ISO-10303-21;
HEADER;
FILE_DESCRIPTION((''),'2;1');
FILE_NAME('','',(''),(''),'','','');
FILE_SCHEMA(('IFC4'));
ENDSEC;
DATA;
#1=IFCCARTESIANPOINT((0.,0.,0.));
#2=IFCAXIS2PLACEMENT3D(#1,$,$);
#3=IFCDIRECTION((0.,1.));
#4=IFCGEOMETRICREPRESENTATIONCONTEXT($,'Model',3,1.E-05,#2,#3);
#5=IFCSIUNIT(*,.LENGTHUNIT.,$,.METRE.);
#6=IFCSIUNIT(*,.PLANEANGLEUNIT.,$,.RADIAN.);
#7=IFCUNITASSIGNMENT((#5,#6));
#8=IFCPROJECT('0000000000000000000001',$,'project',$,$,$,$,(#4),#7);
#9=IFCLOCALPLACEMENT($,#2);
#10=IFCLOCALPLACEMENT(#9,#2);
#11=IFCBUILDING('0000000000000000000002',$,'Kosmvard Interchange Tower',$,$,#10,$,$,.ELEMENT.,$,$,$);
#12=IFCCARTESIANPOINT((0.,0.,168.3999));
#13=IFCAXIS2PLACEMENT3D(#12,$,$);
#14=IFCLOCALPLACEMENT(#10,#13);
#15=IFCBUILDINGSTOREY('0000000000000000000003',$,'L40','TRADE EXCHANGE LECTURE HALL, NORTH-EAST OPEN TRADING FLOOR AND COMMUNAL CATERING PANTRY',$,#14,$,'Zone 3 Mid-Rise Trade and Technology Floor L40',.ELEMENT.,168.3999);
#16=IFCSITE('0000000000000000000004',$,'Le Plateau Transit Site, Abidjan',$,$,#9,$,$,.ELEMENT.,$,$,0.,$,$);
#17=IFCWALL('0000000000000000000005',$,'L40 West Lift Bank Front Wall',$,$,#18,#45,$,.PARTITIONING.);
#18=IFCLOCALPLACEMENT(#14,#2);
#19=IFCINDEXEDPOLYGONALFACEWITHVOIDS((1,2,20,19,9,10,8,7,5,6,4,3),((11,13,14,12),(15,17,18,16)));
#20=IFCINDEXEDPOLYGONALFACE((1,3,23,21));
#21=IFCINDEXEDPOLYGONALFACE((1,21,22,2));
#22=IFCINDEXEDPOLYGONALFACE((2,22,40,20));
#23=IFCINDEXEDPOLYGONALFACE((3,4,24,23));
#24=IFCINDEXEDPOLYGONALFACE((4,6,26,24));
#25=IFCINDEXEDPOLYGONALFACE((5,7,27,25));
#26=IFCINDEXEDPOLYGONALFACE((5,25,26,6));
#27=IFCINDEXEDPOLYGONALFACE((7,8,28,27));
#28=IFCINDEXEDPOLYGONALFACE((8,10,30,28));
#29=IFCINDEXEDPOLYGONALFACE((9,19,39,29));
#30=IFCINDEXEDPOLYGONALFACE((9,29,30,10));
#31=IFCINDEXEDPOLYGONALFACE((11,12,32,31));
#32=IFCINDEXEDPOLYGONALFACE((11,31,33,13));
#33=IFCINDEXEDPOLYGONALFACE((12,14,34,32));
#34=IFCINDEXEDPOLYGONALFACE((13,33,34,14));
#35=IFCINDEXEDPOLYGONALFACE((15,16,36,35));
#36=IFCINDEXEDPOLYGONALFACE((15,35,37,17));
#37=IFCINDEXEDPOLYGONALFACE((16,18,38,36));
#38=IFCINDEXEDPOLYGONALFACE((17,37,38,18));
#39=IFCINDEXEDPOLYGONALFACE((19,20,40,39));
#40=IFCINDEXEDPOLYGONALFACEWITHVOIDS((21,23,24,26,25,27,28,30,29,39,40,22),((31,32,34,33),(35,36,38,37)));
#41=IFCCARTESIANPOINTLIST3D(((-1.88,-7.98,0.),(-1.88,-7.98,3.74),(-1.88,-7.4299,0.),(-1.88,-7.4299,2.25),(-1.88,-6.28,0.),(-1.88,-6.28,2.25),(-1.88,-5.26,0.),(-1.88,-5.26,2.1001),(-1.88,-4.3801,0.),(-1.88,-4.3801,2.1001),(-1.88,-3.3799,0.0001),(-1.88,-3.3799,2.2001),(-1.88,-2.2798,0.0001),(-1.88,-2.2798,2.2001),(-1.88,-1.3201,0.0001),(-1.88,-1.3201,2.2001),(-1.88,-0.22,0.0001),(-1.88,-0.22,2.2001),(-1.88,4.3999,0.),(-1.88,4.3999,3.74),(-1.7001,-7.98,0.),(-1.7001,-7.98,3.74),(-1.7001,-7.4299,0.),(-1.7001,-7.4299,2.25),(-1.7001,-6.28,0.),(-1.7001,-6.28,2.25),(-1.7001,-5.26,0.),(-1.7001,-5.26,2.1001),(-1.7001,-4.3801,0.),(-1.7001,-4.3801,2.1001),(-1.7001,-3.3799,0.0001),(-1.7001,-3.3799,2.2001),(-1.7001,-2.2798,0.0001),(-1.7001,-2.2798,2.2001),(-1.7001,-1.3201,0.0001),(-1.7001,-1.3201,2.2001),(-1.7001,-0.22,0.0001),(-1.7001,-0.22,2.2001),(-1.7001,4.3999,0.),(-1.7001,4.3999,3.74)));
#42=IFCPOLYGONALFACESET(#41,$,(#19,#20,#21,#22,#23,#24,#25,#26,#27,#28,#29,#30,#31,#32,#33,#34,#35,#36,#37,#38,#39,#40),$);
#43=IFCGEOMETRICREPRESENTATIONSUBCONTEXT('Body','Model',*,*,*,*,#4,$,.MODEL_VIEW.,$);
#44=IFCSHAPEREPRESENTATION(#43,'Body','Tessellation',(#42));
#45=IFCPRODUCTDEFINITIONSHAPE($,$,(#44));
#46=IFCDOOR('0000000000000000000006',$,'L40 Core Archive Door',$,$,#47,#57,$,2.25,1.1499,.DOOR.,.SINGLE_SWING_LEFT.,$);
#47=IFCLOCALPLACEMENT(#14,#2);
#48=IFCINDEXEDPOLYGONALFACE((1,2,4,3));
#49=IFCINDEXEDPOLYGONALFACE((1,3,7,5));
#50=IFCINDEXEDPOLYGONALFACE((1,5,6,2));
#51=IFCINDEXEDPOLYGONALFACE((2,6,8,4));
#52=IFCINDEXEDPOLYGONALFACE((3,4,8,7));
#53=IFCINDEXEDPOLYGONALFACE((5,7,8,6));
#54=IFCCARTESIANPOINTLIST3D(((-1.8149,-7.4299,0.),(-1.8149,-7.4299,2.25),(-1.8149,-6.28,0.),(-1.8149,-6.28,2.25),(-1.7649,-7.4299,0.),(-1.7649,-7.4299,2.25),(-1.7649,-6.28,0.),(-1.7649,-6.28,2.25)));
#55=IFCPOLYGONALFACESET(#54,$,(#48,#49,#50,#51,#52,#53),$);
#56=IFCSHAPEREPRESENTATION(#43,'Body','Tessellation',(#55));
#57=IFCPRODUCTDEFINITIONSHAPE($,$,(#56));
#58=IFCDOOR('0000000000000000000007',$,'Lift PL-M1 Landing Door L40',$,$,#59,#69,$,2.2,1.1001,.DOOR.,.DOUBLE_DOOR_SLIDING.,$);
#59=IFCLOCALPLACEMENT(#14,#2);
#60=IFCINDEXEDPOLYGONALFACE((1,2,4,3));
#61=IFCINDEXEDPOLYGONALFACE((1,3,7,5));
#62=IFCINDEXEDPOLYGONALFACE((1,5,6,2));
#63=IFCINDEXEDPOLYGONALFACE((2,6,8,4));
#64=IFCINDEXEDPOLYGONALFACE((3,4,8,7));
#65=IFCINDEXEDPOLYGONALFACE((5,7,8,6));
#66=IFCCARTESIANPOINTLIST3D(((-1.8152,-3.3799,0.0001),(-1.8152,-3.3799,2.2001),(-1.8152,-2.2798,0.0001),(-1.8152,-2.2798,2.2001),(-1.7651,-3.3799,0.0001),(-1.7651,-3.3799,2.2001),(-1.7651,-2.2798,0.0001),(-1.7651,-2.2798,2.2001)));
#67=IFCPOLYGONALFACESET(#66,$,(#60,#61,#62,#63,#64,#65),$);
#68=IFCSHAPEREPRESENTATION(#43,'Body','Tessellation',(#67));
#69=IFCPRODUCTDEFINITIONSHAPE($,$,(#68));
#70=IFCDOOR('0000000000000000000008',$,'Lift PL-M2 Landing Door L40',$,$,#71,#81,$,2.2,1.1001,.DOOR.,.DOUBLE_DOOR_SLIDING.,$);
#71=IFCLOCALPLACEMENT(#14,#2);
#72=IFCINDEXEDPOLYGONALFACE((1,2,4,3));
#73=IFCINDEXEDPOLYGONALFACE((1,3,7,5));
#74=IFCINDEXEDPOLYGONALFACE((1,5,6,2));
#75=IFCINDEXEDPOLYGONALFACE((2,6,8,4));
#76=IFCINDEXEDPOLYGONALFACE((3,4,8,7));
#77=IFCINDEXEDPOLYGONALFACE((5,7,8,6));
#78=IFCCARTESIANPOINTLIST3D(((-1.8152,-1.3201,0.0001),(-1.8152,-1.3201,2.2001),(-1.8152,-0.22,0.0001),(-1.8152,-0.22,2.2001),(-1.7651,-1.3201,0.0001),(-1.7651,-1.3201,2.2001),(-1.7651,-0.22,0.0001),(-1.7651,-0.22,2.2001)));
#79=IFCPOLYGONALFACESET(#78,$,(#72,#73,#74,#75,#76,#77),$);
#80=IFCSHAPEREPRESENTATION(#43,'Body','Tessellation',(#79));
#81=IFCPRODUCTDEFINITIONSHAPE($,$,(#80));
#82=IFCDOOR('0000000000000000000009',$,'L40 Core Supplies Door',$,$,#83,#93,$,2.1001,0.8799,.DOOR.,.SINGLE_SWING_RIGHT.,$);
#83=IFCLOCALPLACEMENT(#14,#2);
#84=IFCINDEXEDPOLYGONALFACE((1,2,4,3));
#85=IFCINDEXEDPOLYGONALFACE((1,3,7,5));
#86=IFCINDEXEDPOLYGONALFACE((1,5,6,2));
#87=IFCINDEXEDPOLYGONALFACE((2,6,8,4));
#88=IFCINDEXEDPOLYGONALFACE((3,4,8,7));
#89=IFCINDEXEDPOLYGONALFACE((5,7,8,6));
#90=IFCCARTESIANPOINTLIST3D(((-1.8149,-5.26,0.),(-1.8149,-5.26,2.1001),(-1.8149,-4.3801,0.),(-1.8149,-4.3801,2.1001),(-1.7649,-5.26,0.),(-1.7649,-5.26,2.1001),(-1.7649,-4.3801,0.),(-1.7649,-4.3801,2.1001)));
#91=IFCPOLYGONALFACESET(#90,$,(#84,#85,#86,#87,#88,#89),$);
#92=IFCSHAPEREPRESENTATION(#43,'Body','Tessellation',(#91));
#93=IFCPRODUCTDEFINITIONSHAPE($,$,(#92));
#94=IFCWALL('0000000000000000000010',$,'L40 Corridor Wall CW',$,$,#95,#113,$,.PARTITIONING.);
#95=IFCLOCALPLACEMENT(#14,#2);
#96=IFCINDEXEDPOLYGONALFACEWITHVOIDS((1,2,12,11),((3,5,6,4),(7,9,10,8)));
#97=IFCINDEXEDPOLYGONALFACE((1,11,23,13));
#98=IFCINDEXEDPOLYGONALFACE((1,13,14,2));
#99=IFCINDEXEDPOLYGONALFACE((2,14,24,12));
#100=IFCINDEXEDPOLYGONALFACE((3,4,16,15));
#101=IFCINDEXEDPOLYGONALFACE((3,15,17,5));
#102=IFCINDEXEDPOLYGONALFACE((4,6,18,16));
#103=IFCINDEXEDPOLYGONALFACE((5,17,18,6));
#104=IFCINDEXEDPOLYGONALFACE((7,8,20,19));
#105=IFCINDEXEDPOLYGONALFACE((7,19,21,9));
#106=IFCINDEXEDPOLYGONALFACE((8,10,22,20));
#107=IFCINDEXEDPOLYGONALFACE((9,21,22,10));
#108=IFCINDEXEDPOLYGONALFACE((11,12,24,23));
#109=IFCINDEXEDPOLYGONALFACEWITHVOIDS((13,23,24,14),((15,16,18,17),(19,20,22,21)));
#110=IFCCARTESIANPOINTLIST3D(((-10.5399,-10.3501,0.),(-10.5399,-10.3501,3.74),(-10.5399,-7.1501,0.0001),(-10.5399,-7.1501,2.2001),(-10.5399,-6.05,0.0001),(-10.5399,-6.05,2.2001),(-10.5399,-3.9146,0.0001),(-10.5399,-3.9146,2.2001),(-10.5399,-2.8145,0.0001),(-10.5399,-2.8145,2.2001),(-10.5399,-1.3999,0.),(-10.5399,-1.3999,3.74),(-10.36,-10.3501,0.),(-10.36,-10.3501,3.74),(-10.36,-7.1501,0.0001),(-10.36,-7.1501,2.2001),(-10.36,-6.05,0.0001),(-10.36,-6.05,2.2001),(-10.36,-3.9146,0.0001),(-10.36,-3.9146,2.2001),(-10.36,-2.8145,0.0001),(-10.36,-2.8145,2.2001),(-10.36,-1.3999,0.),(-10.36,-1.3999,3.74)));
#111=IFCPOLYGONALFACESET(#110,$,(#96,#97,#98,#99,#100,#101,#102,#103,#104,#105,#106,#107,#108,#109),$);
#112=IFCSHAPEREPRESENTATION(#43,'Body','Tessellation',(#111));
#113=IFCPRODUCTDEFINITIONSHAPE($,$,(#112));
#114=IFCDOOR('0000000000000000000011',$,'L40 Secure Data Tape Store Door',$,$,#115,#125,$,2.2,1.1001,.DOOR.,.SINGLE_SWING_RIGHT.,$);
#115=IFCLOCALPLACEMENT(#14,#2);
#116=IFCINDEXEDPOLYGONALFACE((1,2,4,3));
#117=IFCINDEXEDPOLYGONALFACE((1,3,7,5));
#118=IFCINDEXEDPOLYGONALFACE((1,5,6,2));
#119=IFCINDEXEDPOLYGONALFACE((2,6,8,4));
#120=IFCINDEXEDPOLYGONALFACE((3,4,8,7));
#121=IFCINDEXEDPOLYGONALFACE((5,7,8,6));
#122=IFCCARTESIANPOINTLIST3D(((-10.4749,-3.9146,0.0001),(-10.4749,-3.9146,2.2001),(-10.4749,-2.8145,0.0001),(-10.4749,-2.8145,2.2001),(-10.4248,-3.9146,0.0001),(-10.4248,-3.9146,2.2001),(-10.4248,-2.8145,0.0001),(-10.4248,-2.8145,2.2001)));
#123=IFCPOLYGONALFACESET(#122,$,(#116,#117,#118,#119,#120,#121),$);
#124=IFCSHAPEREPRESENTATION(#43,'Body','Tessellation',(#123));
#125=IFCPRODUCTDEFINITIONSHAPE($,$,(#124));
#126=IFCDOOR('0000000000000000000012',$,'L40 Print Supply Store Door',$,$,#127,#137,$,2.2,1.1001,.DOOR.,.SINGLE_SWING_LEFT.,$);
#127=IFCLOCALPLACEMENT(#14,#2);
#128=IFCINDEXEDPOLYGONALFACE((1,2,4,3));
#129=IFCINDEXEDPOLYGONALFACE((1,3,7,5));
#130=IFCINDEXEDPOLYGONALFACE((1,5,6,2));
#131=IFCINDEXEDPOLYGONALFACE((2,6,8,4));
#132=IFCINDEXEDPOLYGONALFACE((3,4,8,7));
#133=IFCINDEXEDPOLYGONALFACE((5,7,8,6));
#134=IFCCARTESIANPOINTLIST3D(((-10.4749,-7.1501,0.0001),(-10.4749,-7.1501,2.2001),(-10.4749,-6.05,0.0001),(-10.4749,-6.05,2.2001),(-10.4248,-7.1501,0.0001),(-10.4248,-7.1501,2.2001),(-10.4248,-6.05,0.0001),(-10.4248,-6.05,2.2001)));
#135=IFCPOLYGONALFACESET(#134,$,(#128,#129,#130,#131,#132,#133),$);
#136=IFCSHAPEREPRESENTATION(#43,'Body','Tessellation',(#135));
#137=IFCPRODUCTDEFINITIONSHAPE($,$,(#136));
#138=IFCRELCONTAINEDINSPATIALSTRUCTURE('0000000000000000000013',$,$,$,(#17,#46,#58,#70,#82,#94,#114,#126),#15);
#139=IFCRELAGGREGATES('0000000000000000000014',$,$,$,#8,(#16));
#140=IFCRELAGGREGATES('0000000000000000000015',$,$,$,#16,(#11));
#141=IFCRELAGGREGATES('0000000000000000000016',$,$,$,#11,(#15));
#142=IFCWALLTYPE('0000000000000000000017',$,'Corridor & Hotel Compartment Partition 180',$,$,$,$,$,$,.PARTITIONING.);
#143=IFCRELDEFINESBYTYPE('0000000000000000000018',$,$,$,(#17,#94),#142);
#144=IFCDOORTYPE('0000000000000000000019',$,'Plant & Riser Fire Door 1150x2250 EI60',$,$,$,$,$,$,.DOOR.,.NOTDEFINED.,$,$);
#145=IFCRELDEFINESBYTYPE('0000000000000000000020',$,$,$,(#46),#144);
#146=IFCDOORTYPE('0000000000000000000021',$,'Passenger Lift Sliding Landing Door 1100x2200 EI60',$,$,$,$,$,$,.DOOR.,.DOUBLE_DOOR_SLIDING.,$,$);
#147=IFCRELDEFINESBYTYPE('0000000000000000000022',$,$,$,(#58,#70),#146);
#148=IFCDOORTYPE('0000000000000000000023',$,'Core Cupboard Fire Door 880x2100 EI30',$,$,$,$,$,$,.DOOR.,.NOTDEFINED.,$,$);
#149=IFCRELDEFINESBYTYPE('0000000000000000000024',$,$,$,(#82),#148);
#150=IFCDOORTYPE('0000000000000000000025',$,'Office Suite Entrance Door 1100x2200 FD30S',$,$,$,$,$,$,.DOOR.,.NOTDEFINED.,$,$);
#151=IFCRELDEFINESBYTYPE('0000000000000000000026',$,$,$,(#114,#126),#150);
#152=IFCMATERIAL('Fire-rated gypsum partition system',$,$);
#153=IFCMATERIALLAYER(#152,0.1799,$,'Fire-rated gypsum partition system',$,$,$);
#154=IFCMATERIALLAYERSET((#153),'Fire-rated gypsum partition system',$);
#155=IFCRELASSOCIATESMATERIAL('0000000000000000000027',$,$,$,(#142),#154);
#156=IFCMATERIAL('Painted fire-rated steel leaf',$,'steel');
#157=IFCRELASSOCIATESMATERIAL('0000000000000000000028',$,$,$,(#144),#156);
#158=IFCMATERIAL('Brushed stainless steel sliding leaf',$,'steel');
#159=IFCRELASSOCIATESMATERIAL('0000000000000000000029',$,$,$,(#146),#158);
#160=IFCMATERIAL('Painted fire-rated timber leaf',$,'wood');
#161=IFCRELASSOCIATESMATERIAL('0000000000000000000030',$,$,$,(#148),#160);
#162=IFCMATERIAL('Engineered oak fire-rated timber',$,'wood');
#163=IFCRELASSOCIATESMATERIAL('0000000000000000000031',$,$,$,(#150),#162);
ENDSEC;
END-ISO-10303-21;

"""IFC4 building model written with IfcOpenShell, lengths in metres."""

from ifc_helpers import new_model, si_unit, direction, frame, frame_2d, origin, place, context, subcontext, project, spatial, rectangle, extrude, source, transform, mapped, material, layer, layer_set, type_object, element, fill, save


model = new_model("IFC4")

# Units and contexts
model_context = context("Model", 3, precision=1e-05, world=origin(), true_north=direction((0.0, 1.0)))
body_context = subcontext(model_context, "Body", "Model", "MODEL_VIEW")
ifc_project = project(units=[si_unit("LENGTHUNIT", "METRE"), si_unit("PLANEANGLEUNIT", "RADIAN")], contexts=[model_context])

# Site, building, storey
site_placement = place(None, origin())
site = spatial("IfcSite", under=ifc_project, at=site_placement, Name="Le Plateau Transit Site, Abidjan", CompositionType="ELEMENT", RefElevation=0.0)
building_placement = place(site_placement, origin())
building = spatial("IfcBuilding", under=site, at=building_placement, Name="Kosmvard Interchange Tower", CompositionType="ELEMENT")
storey_placement = place(building_placement, frame((0.0, 0.0, 168.3999)))
storey = spatial("IfcBuildingStorey", under=building, at=storey_placement, Name="L40", Description="TRADE EXCHANGE LECTURE HALL, NORTH-EAST OPEN TRADING FLOOR AND COMMUNAL CATERING PANTRY", LongName="Zone 3 Mid-Rise Trade and Technology Floor L40", CompositionType="ELEMENT", Elevation=168.3999)

# Shared definitions
ifc_material_1 = material(Name="Fire-rated gypsum partition system")

# Walls, openings, doors
ifc_layer_1 = layer(ifc_material_1, 0.1799, Name="Fire-rated gypsum partition system")
ifc_layer_set_1 = layer_set([ifc_layer_1], Name="Fire-rated gypsum partition system")
wall_type_1 = type_object("IfcWallType", Name="Corridor & Hotel Compartment Partition 180", PredefinedType="PARTITIONING", material=ifc_layer_set_1)
wall_1_placement = place(storey_placement, frame((-1.79, -7.98, 0.0), z_axis=(0.0, 0.0, 1.0), x_axis=(0.0, 1.0, 0.0)))
wall_1 = element("IfcWall", 1, at=wall_1_placement, inside=storey, type_object=wall_type_1, Name="L40 West Lift Bank Front Wall", PredefinedType="PARTITIONING", context=body_context, shape_type="SweptSolid", body=[
    extrude(rectangle(XDim=12.3799, YDim=0.1799, at=frame_2d((6.1899, 0.0))), origin(), (0.0, 0.0, 1.0), 3.74),
])
opening_1_placement = place(wall_1_placement, frame((4.6001, 0.0, 0.0)))
opening_1 = element("IfcOpeningElement", 2, at=opening_1_placement, cuts=wall_1, PredefinedType="OPENING", context=body_context, shape_type="SweptSolid", body=[
    extrude(rectangle(XDim=1.1001, YDim=2.2, at=frame_2d((0.55, 1.1001))), frame((0.0, 0.1001, 0.0), z_axis=(0.0, -1.0, 0.0), x_axis=(1.0, 0.0, 0.0)), (0.0, 0.0, 1.0), 0.2),
])
opening_2_placement = place(wall_1_placement, frame((6.6599, 0.0, 0.0)))
opening_2 = element("IfcOpeningElement", 3, at=opening_2_placement, cuts=wall_1, PredefinedType="OPENING", context=body_context, shape_type="SweptSolid", body=[
    extrude(rectangle(XDim=1.1001, YDim=2.2, at=frame_2d((0.55, 1.1001))), frame((0.0, 0.1001, 0.0), z_axis=(0.0, -1.0, 0.0), x_axis=(1.0, 0.0, 0.0)), (0.0, 0.0, 1.0), 0.2),
])
opening_3_placement = place(wall_1_placement, frame((0.55, 0.0, 0.0)))
opening_3 = element("IfcOpeningElement", 4, at=opening_3_placement, cuts=wall_1, PredefinedType="OPENING", context=body_context, shape_type="SweptSolid", body=[
    extrude(rectangle(XDim=1.1499, YDim=2.25, at=frame_2d((0.575, 1.125))), frame((0.0, 0.1001, 0.0), z_axis=(0.0, -1.0, 0.0), x_axis=(1.0, 0.0, 0.0)), (0.0, 0.0, 1.0), 0.2),
])
opening_4_placement = place(wall_1_placement, frame((2.72, 0.0, 0.0)))
opening_4 = element("IfcOpeningElement", 5, at=opening_4_placement, cuts=wall_1, PredefinedType="OPENING", context=body_context, shape_type="SweptSolid", body=[
    extrude(rectangle(XDim=0.8799, YDim=2.1001, at=frame_2d((0.4399, 1.05))), frame((0.0, 0.1001, 0.0), z_axis=(0.0, -1.0, 0.0), x_axis=(1.0, 0.0, 0.0)), (0.0, 0.0, 1.0), 0.2),
])
ifc_material_2 = material(Name="Painted fire-rated steel leaf", Category="steel")
door_type_1 = type_object("IfcDoorType", Name="Plant & Riser Fire Door 1150x2250 EI60", OperationType="NOTDEFINED", PredefinedType="DOOR", material=ifc_material_2)
shared_shape_1 = source(origin(), body_context, "Body", "SweptSolid", [
    extrude(rectangle(XDim=1.1499, YDim=2.25, at=frame_2d((0.575, 1.125))), frame((0.0, 0.0249, 0.0), z_axis=(0.0, -1.0, 0.0), x_axis=(1.0, 0.0, 0.0)), (0.0, 0.0, 1.0), 0.05),
])
door_1_placement = place(opening_3_placement, origin())
door_1 = element("IfcDoor", 6, at=door_1_placement, inside=storey, type_object=door_type_1, Name="L40 Core Archive Door", OperationType="SINGLE_SWING_LEFT", OverallHeight=2.25, OverallWidth=1.1499, PredefinedType="DOOR", context=body_context, shape_type="MappedRepresentation", body=[
    mapped(shared_shape_1, transform((0.0, 0.0, 0.0), scale=1.0)),
])
fill(opening_3, door_1)
ifc_material_3 = material(Name="Brushed stainless steel sliding leaf", Category="steel")
door_type_2 = type_object("IfcDoorType", Name="Passenger Lift Sliding Landing Door 1100x2200 EI60", OperationType="DOUBLE_DOOR_SLIDING", PredefinedType="DOOR", material=ifc_material_3)
shared_shape_2 = source(origin(), body_context, "Body", "SweptSolid", [
    extrude(rectangle(XDim=1.1001, YDim=2.2, at=frame_2d((0.55, 1.1001))), frame((0.0, 0.0249, 0.0), z_axis=(0.0, -1.0, 0.0), x_axis=(1.0, 0.0, 0.0)), (0.0, 0.0, 1.0), 0.05),
])
door_2_placement = place(opening_1_placement, frame((1.1001, 0.0, 0.0), z_axis=(0.0, 0.0, 1.0), x_axis=(-1.0, 0.0, 0.0)))
door_2 = element("IfcDoor", 7, at=door_2_placement, inside=storey, type_object=door_type_2, Name="Lift PL-M1 Landing Door L40", OperationType="DOUBLE_DOOR_SLIDING", OverallHeight=2.2, OverallWidth=1.1001, PredefinedType="DOOR", context=body_context, shape_type="MappedRepresentation", body=[
    mapped(shared_shape_2, transform((0.0, 0.0, 0.0), scale=1.0)),
])
fill(opening_1, door_2)
door_3_placement = place(opening_2_placement, frame((1.1001, 0.0, 0.0), z_axis=(0.0, 0.0, 1.0), x_axis=(-1.0, 0.0, 0.0)))
door_3 = element("IfcDoor", 8, at=door_3_placement, inside=storey, type_object=door_type_2, Name="Lift PL-M2 Landing Door L40", OperationType="DOUBLE_DOOR_SLIDING", OverallHeight=2.2, OverallWidth=1.1001, PredefinedType="DOOR", context=body_context, shape_type="MappedRepresentation", body=[
    mapped(shared_shape_2, transform((0.0, 0.0, 0.0), scale=1.0)),
])
fill(opening_2, door_3)
ifc_material_4 = material(Name="Painted fire-rated timber leaf", Category="wood")
door_type_3 = type_object("IfcDoorType", Name="Core Cupboard Fire Door 880x2100 EI30", OperationType="NOTDEFINED", PredefinedType="DOOR", material=ifc_material_4)
shared_shape_3 = source(origin(), body_context, "Body", "SweptSolid", [
    extrude(rectangle(XDim=0.8799, YDim=2.1001, at=frame_2d((0.4399, 1.05))), frame((0.0, 0.0249, 0.0), z_axis=(0.0, -1.0, 0.0), x_axis=(1.0, 0.0, 0.0)), (0.0, 0.0, 1.0), 0.05),
])
door_4_placement = place(opening_4_placement, origin())
door_4 = element("IfcDoor", 9, at=door_4_placement, inside=storey, type_object=door_type_3, Name="L40 Core Supplies Door", OperationType="SINGLE_SWING_RIGHT", OverallHeight=2.1001, OverallWidth=0.8799, PredefinedType="DOOR", context=body_context, shape_type="MappedRepresentation", body=[
    mapped(shared_shape_3, transform((0.0, 0.0, 0.0), scale=1.0)),
])
fill(opening_4, door_4)
wall_2_placement = place(storey_placement, frame((-10.45, -10.3501, 0.0), z_axis=(0.0, 0.0, 1.0), x_axis=(0.0, 1.0, 0.0)))
wall_2 = element("IfcWall", 10, at=wall_2_placement, inside=storey, type_object=wall_type_1, Name="L40 Corridor Wall CW", PredefinedType="PARTITIONING", context=body_context, shape_type="SweptSolid", body=[
    extrude(rectangle(XDim=8.9502, YDim=0.1799, at=frame_2d((4.4751, 0.0))), origin(), (0.0, 0.0, 1.0), 3.74),
])
opening_5_placement = place(wall_2_placement, frame((6.4355, 0.0, 0.0)))
opening_5 = element("IfcOpeningElement", 11, at=opening_5_placement, cuts=wall_2, PredefinedType="OPENING", context=body_context, shape_type="SweptSolid", body=[
    extrude(rectangle(XDim=1.1001, YDim=2.2, at=frame_2d((0.55, 1.1001))), frame((0.0, 0.1001, 0.0), z_axis=(0.0, -1.0, 0.0), x_axis=(1.0, 0.0, 0.0)), (0.0, 0.0, 1.0), 0.2),
])
opening_6_placement = place(wall_2_placement, frame((3.2, 0.0, 0.0)))
opening_6 = element("IfcOpeningElement", 12, at=opening_6_placement, cuts=wall_2, PredefinedType="OPENING", context=body_context, shape_type="SweptSolid", body=[
    extrude(rectangle(XDim=1.1001, YDim=2.2, at=frame_2d((0.55, 1.1001))), frame((0.0, 0.1001, 0.0), z_axis=(0.0, -1.0, 0.0), x_axis=(1.0, 0.0, 0.0)), (0.0, 0.0, 1.0), 0.2),
])
ifc_material_5 = material(Name="Engineered oak fire-rated timber", Category="wood")
door_type_4 = type_object("IfcDoorType", Name="Office Suite Entrance Door 1100x2200 FD30S", OperationType="NOTDEFINED", PredefinedType="DOOR", material=ifc_material_5)
door_5_placement = place(opening_5_placement, origin())
door_5 = element("IfcDoor", 13, at=door_5_placement, inside=storey, type_object=door_type_4, Name="L40 Secure Data Tape Store Door", OperationType="SINGLE_SWING_RIGHT", OverallHeight=2.2, OverallWidth=1.1001, PredefinedType="DOOR", context=body_context, shape_type="MappedRepresentation", body=[
    mapped(shared_shape_2, transform((0.0, 0.0, 0.0), scale=1.0)),
])
fill(opening_5, door_5)
door_6_placement = place(opening_6_placement, origin())
door_6 = element("IfcDoor", 14, at=door_6_placement, inside=storey, type_object=door_type_4, Name="L40 Print Supply Store Door", OperationType="SINGLE_SWING_LEFT", OverallHeight=2.2, OverallWidth=1.1001, PredefinedType="DOOR", context=body_context, shape_type="MappedRepresentation", body=[
    mapped(shared_shape_2, transform((0.0, 0.0, 0.0), scale=1.0)),
])
fill(opening_6, door_6)

save(model, "model.ifc")
